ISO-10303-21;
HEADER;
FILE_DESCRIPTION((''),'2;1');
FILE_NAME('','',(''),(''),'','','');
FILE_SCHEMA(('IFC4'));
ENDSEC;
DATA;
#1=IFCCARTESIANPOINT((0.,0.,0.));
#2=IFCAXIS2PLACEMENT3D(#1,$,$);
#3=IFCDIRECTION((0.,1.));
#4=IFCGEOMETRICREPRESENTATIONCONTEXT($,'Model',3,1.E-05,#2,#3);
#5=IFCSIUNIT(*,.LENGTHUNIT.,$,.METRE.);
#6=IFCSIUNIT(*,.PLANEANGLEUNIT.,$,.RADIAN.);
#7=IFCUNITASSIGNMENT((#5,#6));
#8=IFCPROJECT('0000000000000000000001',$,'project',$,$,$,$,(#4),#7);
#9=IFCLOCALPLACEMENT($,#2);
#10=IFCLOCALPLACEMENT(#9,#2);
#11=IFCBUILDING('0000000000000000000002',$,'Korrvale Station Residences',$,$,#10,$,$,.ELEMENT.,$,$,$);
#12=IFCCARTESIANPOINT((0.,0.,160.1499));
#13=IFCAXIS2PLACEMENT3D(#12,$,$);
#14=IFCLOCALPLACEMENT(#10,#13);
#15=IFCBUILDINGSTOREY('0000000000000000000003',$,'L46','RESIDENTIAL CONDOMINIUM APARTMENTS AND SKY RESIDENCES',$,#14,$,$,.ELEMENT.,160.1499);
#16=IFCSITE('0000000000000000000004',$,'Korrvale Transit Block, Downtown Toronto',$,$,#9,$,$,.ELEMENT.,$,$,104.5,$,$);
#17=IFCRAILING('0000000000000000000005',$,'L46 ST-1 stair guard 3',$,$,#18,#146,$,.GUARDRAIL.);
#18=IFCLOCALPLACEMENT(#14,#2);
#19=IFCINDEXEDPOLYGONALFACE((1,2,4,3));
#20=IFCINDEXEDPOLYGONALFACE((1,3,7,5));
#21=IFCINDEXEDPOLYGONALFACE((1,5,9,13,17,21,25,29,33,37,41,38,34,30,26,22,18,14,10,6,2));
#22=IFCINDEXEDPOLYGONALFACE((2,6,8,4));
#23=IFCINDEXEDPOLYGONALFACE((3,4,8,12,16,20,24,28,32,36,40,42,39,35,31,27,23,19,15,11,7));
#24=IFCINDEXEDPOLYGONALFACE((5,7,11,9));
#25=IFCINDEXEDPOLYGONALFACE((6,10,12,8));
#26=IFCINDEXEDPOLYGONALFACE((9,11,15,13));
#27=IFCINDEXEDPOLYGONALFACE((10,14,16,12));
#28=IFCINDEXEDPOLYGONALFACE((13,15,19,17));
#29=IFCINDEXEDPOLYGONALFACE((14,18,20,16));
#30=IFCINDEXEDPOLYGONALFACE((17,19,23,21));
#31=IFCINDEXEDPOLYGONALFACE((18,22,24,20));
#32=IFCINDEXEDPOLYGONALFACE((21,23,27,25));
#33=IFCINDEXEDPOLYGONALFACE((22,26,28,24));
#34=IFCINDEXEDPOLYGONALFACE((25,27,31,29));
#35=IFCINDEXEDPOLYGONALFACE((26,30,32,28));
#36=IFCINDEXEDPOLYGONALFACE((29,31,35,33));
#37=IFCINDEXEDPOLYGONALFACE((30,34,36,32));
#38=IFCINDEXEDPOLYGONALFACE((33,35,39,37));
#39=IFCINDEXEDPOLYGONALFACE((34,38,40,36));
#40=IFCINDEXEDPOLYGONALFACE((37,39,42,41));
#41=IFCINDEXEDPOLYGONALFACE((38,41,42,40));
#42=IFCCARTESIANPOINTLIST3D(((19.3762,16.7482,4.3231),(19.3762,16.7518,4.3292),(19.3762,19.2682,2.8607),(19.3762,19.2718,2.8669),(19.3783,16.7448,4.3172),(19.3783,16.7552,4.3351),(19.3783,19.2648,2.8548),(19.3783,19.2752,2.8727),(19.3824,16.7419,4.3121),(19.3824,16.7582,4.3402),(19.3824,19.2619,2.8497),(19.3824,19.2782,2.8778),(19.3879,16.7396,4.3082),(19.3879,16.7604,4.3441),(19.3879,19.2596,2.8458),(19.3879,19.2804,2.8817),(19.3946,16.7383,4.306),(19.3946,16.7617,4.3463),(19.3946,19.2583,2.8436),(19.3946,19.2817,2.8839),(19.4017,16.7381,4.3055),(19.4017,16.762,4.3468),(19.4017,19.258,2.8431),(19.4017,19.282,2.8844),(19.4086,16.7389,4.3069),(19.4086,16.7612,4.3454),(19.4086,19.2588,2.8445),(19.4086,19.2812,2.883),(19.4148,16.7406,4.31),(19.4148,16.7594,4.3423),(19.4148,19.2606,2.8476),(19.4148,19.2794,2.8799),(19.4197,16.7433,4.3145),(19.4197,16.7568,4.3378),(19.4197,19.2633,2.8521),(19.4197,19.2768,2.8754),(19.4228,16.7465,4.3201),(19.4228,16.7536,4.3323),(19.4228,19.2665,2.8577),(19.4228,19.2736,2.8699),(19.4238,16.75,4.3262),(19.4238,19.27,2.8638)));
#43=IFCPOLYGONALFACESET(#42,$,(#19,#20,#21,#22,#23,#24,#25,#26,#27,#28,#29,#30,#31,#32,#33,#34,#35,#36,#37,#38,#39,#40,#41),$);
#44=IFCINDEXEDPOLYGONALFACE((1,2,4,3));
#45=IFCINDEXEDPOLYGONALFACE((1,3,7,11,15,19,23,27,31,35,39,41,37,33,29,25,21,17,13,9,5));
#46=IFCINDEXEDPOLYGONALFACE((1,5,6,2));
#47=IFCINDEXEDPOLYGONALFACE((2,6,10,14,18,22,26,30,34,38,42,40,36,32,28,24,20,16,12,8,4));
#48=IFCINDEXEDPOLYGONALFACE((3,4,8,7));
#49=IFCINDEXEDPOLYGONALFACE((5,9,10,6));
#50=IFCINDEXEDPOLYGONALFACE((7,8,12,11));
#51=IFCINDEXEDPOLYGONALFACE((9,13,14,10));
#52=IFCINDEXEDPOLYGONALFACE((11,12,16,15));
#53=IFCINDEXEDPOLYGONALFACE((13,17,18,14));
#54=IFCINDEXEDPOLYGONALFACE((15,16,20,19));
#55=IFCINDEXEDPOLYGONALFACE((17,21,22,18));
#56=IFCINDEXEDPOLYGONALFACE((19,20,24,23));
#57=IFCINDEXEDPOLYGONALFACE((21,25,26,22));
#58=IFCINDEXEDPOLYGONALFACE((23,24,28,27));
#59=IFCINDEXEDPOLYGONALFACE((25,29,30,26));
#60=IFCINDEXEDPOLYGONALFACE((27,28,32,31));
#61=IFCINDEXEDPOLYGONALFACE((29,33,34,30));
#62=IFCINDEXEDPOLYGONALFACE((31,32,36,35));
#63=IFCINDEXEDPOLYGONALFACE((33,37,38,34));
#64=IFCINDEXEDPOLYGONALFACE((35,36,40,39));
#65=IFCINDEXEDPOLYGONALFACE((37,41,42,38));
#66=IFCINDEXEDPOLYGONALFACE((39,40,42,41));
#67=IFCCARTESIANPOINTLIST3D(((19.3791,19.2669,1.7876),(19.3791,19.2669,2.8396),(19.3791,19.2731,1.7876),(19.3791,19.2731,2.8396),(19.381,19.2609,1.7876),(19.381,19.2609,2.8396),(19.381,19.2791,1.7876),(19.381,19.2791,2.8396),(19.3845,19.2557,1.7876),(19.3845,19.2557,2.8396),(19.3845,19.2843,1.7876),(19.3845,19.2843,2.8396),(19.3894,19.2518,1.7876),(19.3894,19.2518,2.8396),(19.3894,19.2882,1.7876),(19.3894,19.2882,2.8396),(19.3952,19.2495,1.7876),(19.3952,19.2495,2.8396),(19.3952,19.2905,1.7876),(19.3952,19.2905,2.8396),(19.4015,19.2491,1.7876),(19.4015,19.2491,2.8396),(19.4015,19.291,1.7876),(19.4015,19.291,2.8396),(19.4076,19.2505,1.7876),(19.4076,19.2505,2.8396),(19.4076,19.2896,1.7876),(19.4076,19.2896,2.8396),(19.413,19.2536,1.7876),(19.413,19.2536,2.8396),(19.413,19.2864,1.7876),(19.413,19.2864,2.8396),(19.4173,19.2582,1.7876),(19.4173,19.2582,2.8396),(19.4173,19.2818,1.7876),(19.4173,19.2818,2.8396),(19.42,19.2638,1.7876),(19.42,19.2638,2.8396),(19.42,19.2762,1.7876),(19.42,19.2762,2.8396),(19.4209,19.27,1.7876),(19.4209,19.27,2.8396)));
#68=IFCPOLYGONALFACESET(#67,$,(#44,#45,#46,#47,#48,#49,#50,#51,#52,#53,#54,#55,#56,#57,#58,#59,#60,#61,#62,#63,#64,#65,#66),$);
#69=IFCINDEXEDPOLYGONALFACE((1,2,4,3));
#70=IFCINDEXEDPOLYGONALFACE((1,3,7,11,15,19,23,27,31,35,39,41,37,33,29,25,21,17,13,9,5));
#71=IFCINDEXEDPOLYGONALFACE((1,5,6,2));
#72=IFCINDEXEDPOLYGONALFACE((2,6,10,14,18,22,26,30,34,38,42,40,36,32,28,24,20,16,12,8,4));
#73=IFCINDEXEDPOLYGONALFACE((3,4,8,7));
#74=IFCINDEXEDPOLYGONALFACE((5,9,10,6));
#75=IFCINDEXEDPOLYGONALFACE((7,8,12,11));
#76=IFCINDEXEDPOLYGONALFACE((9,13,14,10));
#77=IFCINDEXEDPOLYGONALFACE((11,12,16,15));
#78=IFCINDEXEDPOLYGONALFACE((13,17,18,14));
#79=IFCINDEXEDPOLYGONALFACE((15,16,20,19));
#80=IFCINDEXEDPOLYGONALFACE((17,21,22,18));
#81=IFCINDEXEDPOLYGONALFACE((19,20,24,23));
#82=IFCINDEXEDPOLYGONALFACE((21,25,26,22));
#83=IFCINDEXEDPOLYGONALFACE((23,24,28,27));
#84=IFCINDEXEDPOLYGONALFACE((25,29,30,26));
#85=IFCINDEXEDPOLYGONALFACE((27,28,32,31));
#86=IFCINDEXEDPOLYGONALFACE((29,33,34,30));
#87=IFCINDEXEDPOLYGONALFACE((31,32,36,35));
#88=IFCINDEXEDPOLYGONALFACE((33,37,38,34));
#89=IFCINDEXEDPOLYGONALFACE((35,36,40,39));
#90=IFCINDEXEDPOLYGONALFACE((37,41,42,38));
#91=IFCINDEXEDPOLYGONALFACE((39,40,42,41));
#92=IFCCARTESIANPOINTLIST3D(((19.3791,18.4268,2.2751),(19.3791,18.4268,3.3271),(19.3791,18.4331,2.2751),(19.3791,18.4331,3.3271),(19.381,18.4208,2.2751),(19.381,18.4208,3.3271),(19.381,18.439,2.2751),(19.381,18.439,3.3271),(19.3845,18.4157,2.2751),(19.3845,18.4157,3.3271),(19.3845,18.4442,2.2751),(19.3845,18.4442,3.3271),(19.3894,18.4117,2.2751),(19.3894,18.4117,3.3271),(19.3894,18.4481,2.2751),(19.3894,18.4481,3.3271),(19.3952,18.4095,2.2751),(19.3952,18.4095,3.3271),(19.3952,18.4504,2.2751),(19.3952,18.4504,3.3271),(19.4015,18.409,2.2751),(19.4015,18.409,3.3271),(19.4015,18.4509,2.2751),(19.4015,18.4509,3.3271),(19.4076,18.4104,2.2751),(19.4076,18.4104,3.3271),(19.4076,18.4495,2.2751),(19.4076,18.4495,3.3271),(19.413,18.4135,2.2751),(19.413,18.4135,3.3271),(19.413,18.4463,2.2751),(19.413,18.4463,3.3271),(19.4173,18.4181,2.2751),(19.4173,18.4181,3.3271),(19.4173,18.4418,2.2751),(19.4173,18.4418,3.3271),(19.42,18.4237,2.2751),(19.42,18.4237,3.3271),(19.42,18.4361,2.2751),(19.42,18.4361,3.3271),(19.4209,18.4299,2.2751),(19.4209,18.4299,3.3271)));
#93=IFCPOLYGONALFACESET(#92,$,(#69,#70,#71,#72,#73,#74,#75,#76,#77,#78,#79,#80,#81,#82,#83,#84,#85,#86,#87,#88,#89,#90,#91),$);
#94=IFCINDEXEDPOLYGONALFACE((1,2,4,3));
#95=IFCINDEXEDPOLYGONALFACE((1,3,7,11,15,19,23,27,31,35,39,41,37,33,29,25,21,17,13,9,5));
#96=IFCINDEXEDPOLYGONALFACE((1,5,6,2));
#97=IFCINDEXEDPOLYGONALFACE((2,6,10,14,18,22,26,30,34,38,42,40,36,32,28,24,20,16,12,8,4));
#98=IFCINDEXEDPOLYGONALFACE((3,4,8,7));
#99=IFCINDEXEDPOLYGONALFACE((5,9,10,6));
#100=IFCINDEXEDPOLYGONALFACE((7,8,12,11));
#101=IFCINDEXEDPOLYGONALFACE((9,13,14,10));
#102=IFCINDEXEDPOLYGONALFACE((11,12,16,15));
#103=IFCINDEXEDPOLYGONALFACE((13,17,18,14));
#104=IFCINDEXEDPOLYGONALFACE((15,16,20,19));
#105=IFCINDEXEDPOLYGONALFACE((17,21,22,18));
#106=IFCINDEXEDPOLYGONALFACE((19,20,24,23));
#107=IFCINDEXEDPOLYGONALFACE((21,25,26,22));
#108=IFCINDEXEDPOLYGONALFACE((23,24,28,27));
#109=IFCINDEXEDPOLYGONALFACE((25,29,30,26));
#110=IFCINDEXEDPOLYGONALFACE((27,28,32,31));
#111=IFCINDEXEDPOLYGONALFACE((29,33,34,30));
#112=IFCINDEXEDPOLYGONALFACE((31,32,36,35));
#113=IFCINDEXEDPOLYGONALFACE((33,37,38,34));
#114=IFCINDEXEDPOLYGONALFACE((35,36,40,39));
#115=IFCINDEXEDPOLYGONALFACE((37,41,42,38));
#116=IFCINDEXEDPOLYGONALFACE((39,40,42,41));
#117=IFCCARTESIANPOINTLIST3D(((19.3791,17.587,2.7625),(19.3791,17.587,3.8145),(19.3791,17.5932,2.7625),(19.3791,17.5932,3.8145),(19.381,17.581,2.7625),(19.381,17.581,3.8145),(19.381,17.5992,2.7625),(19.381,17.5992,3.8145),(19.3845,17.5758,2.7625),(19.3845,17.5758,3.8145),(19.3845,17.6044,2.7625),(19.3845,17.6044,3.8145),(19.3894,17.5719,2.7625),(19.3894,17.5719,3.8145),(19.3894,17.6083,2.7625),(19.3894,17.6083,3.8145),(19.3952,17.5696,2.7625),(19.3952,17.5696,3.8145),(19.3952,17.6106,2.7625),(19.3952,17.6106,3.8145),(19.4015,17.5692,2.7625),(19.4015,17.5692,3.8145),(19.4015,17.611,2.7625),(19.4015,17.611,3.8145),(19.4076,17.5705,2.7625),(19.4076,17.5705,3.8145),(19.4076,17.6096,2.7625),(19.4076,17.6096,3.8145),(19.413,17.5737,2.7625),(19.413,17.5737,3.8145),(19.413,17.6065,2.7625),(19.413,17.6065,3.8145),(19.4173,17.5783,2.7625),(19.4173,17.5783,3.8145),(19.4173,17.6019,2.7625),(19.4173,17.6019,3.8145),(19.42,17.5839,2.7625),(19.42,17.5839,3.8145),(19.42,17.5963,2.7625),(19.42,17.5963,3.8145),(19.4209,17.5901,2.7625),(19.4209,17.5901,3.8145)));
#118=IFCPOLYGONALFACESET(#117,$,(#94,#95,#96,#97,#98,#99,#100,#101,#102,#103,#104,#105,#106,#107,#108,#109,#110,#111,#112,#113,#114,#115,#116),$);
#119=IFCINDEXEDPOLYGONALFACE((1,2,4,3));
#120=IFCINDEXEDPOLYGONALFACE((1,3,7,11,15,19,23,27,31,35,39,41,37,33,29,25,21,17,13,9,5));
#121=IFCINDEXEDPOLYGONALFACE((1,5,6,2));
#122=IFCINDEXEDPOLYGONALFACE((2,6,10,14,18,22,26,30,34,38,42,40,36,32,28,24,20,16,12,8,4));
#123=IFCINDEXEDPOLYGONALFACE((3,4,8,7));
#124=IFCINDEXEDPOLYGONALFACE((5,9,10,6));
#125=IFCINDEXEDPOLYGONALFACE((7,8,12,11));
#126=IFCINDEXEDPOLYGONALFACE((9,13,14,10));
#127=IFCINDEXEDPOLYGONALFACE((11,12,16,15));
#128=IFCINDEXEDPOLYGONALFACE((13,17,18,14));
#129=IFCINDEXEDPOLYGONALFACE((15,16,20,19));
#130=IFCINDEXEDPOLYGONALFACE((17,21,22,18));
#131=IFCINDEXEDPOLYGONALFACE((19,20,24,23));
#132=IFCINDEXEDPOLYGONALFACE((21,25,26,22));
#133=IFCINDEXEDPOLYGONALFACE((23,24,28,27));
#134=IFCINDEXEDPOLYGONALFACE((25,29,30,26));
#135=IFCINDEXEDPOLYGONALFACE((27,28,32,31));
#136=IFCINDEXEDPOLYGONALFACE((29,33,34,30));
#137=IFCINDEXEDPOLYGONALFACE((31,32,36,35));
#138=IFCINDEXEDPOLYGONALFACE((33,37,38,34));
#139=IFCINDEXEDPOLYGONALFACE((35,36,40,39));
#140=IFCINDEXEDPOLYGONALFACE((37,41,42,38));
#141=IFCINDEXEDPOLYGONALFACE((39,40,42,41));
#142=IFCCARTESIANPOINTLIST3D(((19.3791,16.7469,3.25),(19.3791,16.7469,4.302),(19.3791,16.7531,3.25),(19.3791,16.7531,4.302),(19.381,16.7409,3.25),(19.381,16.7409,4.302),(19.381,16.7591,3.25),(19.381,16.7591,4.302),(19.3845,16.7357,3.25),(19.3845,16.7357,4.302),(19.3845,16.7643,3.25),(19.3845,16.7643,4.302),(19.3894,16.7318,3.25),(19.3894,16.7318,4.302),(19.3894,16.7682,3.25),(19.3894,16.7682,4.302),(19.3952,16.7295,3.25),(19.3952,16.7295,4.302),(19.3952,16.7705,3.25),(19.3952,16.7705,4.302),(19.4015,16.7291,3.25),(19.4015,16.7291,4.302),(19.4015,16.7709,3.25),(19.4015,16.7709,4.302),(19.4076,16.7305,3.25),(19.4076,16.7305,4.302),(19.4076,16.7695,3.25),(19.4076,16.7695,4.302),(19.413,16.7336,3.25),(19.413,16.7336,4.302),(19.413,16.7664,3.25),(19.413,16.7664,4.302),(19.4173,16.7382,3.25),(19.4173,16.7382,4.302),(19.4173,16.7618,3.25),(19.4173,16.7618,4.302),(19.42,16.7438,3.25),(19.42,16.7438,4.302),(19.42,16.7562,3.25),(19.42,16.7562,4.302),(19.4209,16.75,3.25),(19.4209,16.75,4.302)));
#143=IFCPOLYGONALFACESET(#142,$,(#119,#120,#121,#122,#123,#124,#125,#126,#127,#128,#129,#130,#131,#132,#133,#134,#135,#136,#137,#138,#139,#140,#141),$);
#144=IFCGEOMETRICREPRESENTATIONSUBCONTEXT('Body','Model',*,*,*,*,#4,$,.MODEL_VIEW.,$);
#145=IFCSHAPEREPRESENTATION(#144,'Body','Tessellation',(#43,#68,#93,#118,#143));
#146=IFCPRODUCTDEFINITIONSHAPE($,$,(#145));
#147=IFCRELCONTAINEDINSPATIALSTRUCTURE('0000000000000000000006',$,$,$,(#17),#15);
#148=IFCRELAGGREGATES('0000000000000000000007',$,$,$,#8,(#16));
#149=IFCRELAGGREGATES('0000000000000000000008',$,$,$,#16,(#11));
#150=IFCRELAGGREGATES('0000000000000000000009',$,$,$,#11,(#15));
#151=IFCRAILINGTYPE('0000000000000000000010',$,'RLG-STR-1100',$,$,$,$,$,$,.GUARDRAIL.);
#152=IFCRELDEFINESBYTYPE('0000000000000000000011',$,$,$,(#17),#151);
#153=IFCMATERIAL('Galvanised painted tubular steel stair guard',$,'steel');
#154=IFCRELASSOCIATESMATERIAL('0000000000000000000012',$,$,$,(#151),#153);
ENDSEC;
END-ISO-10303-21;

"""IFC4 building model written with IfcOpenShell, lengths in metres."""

from ifc_helpers import new_model, si_unit, direction, frame, origin, origin_2d, place, context, subcontext, project, spatial, circle, extrude, material, type_object, element, save


model = new_model("IFC4")

# Units and contexts
model_context = context("Model", 3, precision=1e-05, world=origin(), true_north=direction((0.0, 1.0)))
body_context = subcontext(model_context, "Body", "Model", "MODEL_VIEW")
ifc_project = project(units=[si_unit("LENGTHUNIT", "METRE"), si_unit("PLANEANGLEUNIT", "RADIAN")], contexts=[model_context])

# Site, building, storey
site_placement = place(None, origin())
site = spatial("IfcSite", under=ifc_project, at=site_placement, Name="Korrvale Transit Block, Downtown Toronto", CompositionType="ELEMENT", RefElevation=104.5)
building_placement = place(site_placement, origin())
building = spatial("IfcBuilding", under=site, at=building_placement, Name="Korrvale Station Residences", CompositionType="ELEMENT")
storey_placement = place(building_placement, frame((0.0, 0.0, 160.1499)))
storey = spatial("IfcBuildingStorey", under=building, at=storey_placement, Name="L46", Description="RESIDENTIAL CONDOMINIUM APARTMENTS AND SKY RESIDENCES", CompositionType="ELEMENT", Elevation=160.1499)

# Railing
ifc_material_1 = material(Name="Galvanised painted tubular steel stair guard", Category="steel")
railing_type_1 = type_object("IfcRailingType", Name="RLG-STR-1100", PredefinedType="GUARDRAIL", material=ifc_material_1)
railing_1_placement = place(storey_placement, frame((19.3999, 19.27, 1.7876)))
element("IfcRailing", 1, at=railing_1_placement, inside=storey, type_object=railing_type_1, Name="L46 ST-1 stair guard 3", PredefinedType="GUARDRAIL", context=body_context, shape_type="SweptSolid", body=[
    extrude(circle(Radius=0.0239, at=origin_2d()), frame((0.0, 0.0, 1.0762), z_axis=(0.0, -0.864913, 0.501921), x_axis=(1.0, 0.0, 0.0)), (0.0, 0.0, 1.0), 2.9136),
    extrude(circle(Radius=0.021, at=origin_2d()), origin(), (0.0, 0.0, 1.0), 1.052),
    extrude(circle(Radius=0.021, at=origin_2d()), frame((0.0, -0.8401, 0.4875)), (0.0, 0.0, 1.0), 1.052),
    extrude(circle(Radius=0.021, at=origin_2d()), frame((0.0, -1.6799, 0.9749)), (0.0, 0.0, 1.0), 1.052),
    extrude(circle(Radius=0.021, at=origin_2d()), frame((0.0, -2.52, 1.4624)), (0.0, 0.0, 1.0), 1.052),
])

save(model, "model.ifc")
